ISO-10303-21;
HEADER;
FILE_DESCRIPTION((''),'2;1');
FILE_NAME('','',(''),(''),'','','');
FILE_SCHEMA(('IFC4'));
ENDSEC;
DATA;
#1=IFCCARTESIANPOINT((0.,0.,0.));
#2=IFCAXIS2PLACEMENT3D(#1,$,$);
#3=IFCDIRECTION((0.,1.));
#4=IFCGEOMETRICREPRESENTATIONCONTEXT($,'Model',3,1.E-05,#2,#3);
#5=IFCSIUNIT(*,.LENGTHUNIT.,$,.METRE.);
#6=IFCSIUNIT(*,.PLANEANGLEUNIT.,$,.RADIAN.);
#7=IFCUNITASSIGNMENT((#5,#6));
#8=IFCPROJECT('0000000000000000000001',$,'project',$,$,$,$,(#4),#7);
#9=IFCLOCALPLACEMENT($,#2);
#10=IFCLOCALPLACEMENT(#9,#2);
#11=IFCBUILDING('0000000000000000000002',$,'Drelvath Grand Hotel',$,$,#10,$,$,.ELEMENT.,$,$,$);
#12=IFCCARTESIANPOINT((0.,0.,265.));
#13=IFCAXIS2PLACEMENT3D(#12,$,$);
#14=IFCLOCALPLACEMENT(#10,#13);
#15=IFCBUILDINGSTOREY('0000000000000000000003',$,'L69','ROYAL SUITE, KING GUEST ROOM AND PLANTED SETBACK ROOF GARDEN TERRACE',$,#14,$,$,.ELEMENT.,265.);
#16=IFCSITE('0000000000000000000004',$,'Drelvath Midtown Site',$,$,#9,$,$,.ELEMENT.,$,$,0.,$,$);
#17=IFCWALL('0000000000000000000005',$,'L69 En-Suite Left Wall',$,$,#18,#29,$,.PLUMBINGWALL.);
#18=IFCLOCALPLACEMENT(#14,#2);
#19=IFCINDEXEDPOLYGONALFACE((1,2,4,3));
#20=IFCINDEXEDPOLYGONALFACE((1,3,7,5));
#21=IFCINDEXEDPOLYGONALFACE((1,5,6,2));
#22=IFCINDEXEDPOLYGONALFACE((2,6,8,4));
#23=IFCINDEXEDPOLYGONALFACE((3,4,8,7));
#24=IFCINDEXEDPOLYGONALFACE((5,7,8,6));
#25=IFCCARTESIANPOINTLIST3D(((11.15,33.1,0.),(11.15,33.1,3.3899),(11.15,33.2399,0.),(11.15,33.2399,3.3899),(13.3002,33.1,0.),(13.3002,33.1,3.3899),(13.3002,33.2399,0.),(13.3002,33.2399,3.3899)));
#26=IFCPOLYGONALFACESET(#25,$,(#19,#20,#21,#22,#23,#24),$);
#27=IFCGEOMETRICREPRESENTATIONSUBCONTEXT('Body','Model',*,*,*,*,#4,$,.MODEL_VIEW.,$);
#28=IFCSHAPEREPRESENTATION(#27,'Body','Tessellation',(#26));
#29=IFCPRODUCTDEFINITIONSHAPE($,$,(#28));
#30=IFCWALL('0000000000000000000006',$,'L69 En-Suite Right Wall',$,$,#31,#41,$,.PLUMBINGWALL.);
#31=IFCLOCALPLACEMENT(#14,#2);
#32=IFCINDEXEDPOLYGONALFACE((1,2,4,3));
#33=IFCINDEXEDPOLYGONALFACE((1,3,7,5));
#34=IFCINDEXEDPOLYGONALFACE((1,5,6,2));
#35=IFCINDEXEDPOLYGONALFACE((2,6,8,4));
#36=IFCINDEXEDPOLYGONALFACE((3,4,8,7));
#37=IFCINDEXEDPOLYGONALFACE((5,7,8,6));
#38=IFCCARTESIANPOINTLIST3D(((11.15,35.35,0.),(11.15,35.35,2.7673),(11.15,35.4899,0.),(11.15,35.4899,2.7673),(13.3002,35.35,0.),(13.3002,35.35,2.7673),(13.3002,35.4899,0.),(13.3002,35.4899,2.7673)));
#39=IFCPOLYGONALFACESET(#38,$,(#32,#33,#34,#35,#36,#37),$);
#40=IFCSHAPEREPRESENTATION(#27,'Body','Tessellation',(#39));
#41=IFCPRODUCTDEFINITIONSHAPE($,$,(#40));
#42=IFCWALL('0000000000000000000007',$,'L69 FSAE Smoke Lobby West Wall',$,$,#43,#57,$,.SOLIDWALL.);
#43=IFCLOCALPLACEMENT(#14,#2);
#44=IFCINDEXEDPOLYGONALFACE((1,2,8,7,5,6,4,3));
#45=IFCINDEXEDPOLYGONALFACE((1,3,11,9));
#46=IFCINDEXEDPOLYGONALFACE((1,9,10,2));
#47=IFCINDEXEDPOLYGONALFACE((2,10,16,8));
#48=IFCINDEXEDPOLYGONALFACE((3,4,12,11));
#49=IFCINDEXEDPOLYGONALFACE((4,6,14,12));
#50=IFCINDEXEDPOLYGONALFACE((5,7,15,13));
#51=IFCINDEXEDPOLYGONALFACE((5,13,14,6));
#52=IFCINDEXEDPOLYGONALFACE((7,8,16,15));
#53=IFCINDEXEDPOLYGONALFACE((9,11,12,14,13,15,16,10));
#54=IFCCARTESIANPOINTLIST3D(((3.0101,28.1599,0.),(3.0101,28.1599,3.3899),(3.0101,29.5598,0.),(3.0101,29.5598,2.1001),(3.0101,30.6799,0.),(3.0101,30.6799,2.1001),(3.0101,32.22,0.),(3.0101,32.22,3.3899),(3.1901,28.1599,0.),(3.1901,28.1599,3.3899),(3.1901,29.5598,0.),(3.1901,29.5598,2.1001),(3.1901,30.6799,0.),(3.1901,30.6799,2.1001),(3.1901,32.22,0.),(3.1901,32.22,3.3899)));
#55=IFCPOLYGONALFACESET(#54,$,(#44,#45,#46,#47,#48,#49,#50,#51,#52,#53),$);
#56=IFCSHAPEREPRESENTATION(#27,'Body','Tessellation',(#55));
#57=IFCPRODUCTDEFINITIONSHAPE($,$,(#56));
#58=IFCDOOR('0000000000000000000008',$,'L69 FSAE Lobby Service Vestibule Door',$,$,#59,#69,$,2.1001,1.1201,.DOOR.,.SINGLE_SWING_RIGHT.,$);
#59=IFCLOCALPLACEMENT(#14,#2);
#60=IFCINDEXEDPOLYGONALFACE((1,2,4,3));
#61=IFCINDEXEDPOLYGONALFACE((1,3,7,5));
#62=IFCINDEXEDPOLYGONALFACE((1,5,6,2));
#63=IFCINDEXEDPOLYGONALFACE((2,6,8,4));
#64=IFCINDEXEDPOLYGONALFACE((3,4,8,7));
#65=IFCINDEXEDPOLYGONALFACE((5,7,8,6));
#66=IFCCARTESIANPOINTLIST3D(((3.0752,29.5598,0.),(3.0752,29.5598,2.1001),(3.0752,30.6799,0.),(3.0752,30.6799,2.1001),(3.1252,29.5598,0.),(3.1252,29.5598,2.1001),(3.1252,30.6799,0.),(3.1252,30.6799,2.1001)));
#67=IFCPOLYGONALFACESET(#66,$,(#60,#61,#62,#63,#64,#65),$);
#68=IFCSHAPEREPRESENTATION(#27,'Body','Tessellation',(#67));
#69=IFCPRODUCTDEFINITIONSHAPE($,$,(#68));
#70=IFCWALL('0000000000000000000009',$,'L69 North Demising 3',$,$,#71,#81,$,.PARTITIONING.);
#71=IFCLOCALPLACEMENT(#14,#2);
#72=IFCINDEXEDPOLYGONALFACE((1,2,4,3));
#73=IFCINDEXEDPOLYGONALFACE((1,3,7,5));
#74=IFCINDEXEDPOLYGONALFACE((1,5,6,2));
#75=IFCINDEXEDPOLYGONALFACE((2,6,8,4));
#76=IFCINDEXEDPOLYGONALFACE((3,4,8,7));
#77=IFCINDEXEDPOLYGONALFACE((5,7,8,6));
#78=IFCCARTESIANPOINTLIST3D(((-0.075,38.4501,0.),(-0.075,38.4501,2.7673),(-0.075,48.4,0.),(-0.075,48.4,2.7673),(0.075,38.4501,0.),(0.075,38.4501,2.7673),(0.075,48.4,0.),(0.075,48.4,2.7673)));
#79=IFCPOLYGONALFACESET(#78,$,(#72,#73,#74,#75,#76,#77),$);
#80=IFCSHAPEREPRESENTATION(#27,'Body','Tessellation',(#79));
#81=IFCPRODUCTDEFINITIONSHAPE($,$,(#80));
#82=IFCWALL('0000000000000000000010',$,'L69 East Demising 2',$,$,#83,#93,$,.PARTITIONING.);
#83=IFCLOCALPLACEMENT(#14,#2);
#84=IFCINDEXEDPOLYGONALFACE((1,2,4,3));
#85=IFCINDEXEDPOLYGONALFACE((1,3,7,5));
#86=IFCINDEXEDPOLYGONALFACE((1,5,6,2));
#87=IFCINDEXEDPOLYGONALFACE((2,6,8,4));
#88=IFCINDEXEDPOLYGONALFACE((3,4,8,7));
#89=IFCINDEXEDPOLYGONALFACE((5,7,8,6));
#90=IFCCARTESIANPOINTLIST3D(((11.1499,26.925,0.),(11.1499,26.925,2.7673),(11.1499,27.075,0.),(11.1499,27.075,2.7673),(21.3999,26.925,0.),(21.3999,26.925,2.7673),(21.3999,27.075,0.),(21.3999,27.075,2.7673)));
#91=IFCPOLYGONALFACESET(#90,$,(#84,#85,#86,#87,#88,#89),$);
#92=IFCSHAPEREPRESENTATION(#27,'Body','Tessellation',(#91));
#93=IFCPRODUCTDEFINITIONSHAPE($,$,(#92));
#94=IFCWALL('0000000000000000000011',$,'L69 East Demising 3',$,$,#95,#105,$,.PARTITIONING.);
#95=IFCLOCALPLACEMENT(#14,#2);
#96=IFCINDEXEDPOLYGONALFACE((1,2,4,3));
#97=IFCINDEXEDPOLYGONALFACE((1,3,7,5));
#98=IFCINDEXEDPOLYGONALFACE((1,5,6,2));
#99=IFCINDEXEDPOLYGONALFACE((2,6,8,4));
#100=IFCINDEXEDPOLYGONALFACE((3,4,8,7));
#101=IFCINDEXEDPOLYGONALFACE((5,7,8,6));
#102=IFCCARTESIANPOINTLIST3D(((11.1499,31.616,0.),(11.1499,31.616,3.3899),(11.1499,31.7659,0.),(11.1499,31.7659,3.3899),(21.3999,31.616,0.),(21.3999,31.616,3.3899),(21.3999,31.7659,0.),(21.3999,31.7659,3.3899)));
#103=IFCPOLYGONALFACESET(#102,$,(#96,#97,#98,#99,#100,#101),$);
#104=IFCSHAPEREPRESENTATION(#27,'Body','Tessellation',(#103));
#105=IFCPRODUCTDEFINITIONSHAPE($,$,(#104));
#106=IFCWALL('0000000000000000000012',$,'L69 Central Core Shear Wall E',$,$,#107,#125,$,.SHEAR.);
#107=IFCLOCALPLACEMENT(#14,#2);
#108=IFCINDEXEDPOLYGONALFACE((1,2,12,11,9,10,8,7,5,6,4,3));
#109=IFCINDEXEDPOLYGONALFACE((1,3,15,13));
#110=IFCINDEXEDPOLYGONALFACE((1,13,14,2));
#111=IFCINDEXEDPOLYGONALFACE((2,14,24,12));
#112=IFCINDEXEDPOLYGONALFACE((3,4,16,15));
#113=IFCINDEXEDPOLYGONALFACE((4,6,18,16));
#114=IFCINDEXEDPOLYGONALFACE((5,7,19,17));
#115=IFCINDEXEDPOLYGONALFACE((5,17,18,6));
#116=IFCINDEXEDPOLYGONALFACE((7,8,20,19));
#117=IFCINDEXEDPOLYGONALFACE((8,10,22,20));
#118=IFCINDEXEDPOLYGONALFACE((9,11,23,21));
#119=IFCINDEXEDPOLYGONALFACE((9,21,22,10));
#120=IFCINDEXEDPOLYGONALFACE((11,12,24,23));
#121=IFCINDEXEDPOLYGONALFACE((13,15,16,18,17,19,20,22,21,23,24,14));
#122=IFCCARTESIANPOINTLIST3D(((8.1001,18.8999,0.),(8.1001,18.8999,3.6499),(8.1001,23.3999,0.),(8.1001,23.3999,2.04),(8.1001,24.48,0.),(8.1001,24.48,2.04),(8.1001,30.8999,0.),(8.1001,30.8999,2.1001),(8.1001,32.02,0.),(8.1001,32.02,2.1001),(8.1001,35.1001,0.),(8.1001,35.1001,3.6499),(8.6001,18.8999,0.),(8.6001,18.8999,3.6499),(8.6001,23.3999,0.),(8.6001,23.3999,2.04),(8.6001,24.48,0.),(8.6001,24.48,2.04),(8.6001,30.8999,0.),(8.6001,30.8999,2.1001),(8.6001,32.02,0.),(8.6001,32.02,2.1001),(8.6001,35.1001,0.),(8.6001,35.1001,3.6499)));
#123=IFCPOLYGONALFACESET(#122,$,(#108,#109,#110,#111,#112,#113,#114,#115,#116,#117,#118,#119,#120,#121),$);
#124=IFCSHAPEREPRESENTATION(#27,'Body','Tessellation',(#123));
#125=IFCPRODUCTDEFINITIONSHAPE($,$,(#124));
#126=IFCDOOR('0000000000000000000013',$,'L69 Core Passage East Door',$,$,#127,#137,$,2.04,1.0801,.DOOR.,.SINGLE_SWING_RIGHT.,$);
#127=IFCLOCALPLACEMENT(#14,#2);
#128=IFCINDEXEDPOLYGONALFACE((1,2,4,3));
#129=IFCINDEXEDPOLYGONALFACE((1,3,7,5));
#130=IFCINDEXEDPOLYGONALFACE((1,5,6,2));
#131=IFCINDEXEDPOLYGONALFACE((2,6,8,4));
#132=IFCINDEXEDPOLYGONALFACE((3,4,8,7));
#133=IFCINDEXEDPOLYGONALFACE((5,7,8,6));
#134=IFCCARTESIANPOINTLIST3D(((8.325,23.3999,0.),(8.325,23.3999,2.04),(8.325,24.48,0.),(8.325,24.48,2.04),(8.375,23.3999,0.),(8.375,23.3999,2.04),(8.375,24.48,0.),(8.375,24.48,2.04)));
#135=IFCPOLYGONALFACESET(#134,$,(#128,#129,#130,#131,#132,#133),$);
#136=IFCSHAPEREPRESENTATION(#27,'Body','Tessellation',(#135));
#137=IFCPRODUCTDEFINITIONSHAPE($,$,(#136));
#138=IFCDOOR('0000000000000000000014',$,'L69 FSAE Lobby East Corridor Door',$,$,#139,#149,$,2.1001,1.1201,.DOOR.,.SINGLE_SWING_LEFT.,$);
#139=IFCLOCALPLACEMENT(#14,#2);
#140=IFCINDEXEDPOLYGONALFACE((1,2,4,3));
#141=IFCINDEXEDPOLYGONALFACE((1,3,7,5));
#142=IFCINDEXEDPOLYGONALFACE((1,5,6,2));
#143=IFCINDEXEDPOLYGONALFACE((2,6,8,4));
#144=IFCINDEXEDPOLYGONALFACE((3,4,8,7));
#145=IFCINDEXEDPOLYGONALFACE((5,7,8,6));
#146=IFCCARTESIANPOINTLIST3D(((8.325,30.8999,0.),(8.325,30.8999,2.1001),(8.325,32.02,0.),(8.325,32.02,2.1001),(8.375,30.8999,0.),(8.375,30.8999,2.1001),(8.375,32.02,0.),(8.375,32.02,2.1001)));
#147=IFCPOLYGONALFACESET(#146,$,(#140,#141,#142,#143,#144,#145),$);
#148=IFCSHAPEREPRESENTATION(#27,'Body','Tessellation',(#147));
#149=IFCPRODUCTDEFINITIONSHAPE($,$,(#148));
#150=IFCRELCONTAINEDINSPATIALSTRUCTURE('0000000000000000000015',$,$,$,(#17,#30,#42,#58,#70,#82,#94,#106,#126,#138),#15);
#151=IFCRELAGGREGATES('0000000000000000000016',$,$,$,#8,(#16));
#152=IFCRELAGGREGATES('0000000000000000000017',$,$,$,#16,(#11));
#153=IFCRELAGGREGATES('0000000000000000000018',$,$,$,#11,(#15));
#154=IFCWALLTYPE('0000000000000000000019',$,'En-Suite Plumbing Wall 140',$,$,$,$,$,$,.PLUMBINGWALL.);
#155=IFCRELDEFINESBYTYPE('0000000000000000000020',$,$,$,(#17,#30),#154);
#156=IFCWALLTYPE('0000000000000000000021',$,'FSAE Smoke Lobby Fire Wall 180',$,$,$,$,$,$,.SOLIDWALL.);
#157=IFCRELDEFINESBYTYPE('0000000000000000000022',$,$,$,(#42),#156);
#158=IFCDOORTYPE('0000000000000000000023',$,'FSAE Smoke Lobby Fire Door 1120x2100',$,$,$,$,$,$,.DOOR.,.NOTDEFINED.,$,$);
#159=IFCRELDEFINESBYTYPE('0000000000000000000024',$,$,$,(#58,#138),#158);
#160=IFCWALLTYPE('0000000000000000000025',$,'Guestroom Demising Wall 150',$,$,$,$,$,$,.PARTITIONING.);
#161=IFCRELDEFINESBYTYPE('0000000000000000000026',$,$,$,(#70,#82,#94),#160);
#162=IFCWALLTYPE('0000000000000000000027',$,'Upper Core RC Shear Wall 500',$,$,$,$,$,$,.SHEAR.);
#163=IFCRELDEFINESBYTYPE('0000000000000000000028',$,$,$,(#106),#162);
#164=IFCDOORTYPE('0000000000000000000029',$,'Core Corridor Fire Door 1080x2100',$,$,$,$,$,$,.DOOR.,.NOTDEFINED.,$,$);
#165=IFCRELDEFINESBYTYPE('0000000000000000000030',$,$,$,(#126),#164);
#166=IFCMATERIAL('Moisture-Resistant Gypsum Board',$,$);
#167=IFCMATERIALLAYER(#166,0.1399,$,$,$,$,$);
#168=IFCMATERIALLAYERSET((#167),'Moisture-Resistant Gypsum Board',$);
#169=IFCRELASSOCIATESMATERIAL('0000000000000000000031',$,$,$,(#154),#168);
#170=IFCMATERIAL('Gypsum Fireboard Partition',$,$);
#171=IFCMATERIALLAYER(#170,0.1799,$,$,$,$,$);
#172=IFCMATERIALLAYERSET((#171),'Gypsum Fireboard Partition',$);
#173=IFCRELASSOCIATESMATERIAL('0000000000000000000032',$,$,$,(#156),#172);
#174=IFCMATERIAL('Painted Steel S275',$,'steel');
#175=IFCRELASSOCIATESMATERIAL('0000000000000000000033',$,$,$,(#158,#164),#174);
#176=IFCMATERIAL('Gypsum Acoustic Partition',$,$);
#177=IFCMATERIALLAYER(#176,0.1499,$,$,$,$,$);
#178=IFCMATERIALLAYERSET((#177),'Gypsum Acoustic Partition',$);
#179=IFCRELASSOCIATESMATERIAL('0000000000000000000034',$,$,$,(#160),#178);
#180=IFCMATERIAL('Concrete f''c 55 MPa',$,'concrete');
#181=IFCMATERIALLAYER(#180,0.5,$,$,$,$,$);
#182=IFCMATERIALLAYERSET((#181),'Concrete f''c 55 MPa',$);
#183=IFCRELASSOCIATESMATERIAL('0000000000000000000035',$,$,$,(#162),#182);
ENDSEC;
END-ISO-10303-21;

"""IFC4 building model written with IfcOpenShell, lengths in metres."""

from ifc_helpers import new_model, si_unit, direction, frame, frame_2d, origin, place, context, subcontext, project, spatial, rectangle, extrude, material, layer, layer_set, type_object, element, fill, save


model = new_model("IFC4")

# Units and contexts
model_context = context("Model", 3, precision=1e-05, world=origin(), true_north=direction((0.0, 1.0)))
body_context = subcontext(model_context, "Body", "Model", "MODEL_VIEW")
ifc_project = project(units=[si_unit("LENGTHUNIT", "METRE"), si_unit("PLANEANGLEUNIT", "RADIAN")], contexts=[model_context])

# Site, building, storey
site_placement = place(None, origin())
site = spatial("IfcSite", under=ifc_project, at=site_placement, Name="Drelvath Midtown Site", CompositionType="ELEMENT", RefElevation=0.0)
building_placement = place(site_placement, origin())
building = spatial("IfcBuilding", under=site, at=building_placement, Name="Drelvath Grand Hotel", CompositionType="ELEMENT")
storey_placement = place(building_placement, frame((0.0, 0.0, 265.0)))
storey = spatial("IfcBuildingStorey", under=building, at=storey_placement, Name="L69", Description="ROYAL SUITE, KING GUEST ROOM AND PLANTED SETBACK ROOF GARDEN TERRACE", CompositionType="ELEMENT", Elevation=265.0)

# Shared definitions
ifc_material_1 = material(Name="Concrete f'c 55 MPa", Category="concrete")

# Shared definitions
ifc_material_2 = material(Name="Painted Steel S275", Category="steel")

# Walls
ifc_material_3 = material(Name="Gypsum Fireboard Partition")
ifc_material_4 = material(Name="Moisture-Resistant Gypsum Board")
ifc_layer_1 = layer(ifc_material_4, 0.1399)
ifc_layer_set_1 = layer_set([ifc_layer_1], Name="Moisture-Resistant Gypsum Board")
wall_type_1 = type_object("IfcWallType", Name="En-Suite Plumbing Wall 140", PredefinedType="PLUMBINGWALL", material=ifc_layer_set_1)
for number, where, z_axis, x_axis, name in (
    (1, (11.1499, 33.1699, 0.0), (0.0, 0.0, 1.0), (1.0, 0.0, 0.0), "L69 En-Suite Left Wall"),
):
    element("IfcWall", number, at=place(storey_placement, frame(where, z_axis=z_axis, x_axis=x_axis)), inside=storey, type_object=wall_type_1, Name=name, PredefinedType="PLUMBINGWALL", context=body_context, shape_type="SweptSolid", body=[
        extrude(rectangle(XDim=2.1501, YDim=0.1399, at=frame_2d((1.0752, 0.0))), origin(), (0.0, 0.0, 1.0), 3.3899),
    ])
wall_1_placement = place(storey_placement, frame((11.1499, 35.4199, 0.0), z_axis=(0.0, 0.0, 1.0), x_axis=(1.0, 0.0, 0.0)))
element("IfcWall", 2, at=wall_1_placement, inside=storey, type_object=wall_type_1, Name="L69 En-Suite Right Wall", PredefinedType="PLUMBINGWALL", context=body_context, shape_type="SweptSolid", body=[
    extrude(rectangle(XDim=2.1501, YDim=0.1399, at=frame_2d((1.0752, 0.0))), origin(), (0.0, 0.0, 1.0), 2.7673),
])

# Wall, opening, door
ifc_layer_2 = layer(ifc_material_3, 0.1799)
ifc_layer_set_2 = layer_set([ifc_layer_2], Name="Gypsum Fireboard Partition")
wall_type_2 = type_object("IfcWallType", Name="FSAE Smoke Lobby Fire Wall 180", PredefinedType="SOLIDWALL", material=ifc_layer_set_2)
wall_2_placement = place(storey_placement, frame((3.1001, 28.1599, 0.0), z_axis=(0.0, 0.0, 1.0), x_axis=(0.0, 1.0, 0.0)))
wall_2 = element("IfcWall", 3, at=wall_2_placement, inside=storey, type_object=wall_type_2, Name="L69 FSAE Smoke Lobby West Wall", PredefinedType="SOLIDWALL", context=body_context, shape_type="SweptSolid", body=[
    extrude(rectangle(XDim=4.0601, YDim=0.1799, at=frame_2d((2.03, 0.0))), origin(), (0.0, 0.0, 1.0), 3.3899),
])
opening_1_placement = place(wall_2_placement, frame((1.3999, 0.0, 0.0)))
opening_1 = element("IfcOpeningElement", 4, at=opening_1_placement, cuts=wall_2, PredefinedType="OPENING", context=body_context, shape_type="SweptSolid", body=[
    extrude(rectangle(XDim=1.1201, YDim=2.1001, at=frame_2d((0.5601, 1.05))), frame((0.0, 0.0999, 0.0), z_axis=(0.0, -1.0, 0.0), x_axis=(1.0, 0.0, 0.0)), (0.0, 0.0, 1.0), 0.2),
])
door_type_1 = type_object("IfcDoorType", Name="FSAE Smoke Lobby Fire Door 1120x2100", OperationType="NOTDEFINED", PredefinedType="DOOR", material=ifc_material_2)
door_1_placement = place(opening_1_placement, origin())
door_1 = element("IfcDoor", 5, at=door_1_placement, inside=storey, type_object=door_type_1, Name="L69 FSAE Lobby Service Vestibule Door", OperationType="SINGLE_SWING_RIGHT", OverallHeight=2.1001, OverallWidth=1.1201, PredefinedType="DOOR", context=body_context, shape_type="SweptSolid", body=[
    extrude(rectangle(XDim=1.1201, YDim=2.1001, at=frame_2d((0.5601, 1.05))), frame((0.0, 0.0249, 0.0), z_axis=(0.0, -1.0, 0.0), x_axis=(1.0, 0.0, 0.0)), (0.0, 0.0, 1.0), 0.05),
])
fill(opening_1, door_1)

# Walls
ifc_material_5 = material(Name="Gypsum Acoustic Partition")
ifc_layer_3 = layer(ifc_material_5, 0.1499)
ifc_layer_set_3 = layer_set([ifc_layer_3], Name="Gypsum Acoustic Partition")
wall_type_3 = type_object("IfcWallType", Name="Guestroom Demising Wall 150", PredefinedType="PARTITIONING", material=ifc_layer_set_3)
wall_3_placement = place(storey_placement, frame((0.0, 38.45, 0.0), z_axis=(0.0, 0.0, 1.0), x_axis=(0.0, 1.0, 0.0)))
element("IfcWall", 6, at=wall_3_placement, inside=storey, type_object=wall_type_3, Name="L69 North Demising 3", PredefinedType="PARTITIONING", context=body_context, shape_type="SweptSolid", body=[
    extrude(rectangle(XDim=9.95, YDim=0.1499, at=frame_2d((4.9751, 0.0))), origin(), (0.0, 0.0, 1.0), 2.7673),
])
wall_4_placement = place(storey_placement, frame((11.1499, 27.0, 0.0), z_axis=(0.0, 0.0, 1.0), x_axis=(1.0, 0.0, 0.0)))
element("IfcWall", 7, at=wall_4_placement, inside=storey, type_object=wall_type_3, Name="L69 East Demising 2", PredefinedType="PARTITIONING", context=body_context, shape_type="SweptSolid", body=[
    extrude(rectangle(XDim=10.25, YDim=0.1499, at=frame_2d((5.125, 0.0))), origin(), (0.0, 0.0, 1.0), 2.7673),
])
wall_5_placement = place(storey_placement, frame((11.1499, 31.6909, 0.0), z_axis=(0.0, 0.0, 1.0), x_axis=(1.0, 0.0, 0.0)))
element("IfcWall", 8, at=wall_5_placement, inside=storey, type_object=wall_type_3, Name="L69 East Demising 3", PredefinedType="PARTITIONING", context=body_context, shape_type="SweptSolid", body=[
    extrude(rectangle(XDim=10.25, YDim=0.1499, at=frame_2d((5.125, 0.0))), origin(), (0.0, 0.0, 1.0), 3.3899),
])

# Wall, openings, doors
ifc_layer_4 = layer(ifc_material_1, 0.5)
ifc_layer_set_4 = layer_set([ifc_layer_4], Name="Concrete f'c 55 MPa")
wall_type_4 = type_object("IfcWallType", Name="Upper Core RC Shear Wall 500", PredefinedType="SHEAR", material=ifc_layer_set_4)
wall_6_placement = place(storey_placement, frame((8.3501, 35.1001, 0.0), z_axis=(0.0, 0.0, 1.0), x_axis=(0.0, -1.0, 0.0)))
wall_6 = element("IfcWall", 9, at=wall_6_placement, inside=storey, type_object=wall_type_4, Name="L69 Central Core Shear Wall E", PredefinedType="SHEAR", context=body_context, shape_type="SweptSolid", body=[
    extrude(rectangle(XDim=16.2002, YDim=0.5, at=frame_2d((8.1001, 0.0))), origin(), (0.0, 0.0, 1.0), 3.6499),
])
opening_2_placement = place(wall_6_placement, frame((3.0801, 0.0, 0.0)))
opening_2 = element("IfcOpeningElement", 10, at=opening_2_placement, cuts=wall_6, PredefinedType="OPENING", context=body_context, shape_type="SweptSolid", body=[
    extrude(rectangle(XDim=1.1201, YDim=2.1001, at=frame_2d((0.5601, 1.05))), frame((0.0, 0.26, 0.0), z_axis=(0.0, -1.0, 0.0), x_axis=(1.0, 0.0, 0.0)), (0.0, 0.0, 1.0), 0.52),
])
opening_3_placement = place(wall_6_placement, frame((10.6201, 0.0, 0.0)))
opening_3 = element("IfcOpeningElement", 11, at=opening_3_placement, cuts=wall_6, PredefinedType="OPENING", context=body_context, shape_type="SweptSolid", body=[
    extrude(rectangle(XDim=1.0801, YDim=2.04, at=frame_2d((0.54, 1.02))), frame((0.0, 0.26, 0.0), z_axis=(0.0, -1.0, 0.0), x_axis=(1.0, 0.0, 0.0)), (0.0, 0.0, 1.0), 0.52),
])
door_type_2 = type_object("IfcDoorType", Name="Core Corridor Fire Door 1080x2100", OperationType="NOTDEFINED", PredefinedType="DOOR", material=ifc_material_2)
door_2_placement = place(opening_3_placement, origin())
door_2 = element("IfcDoor", 12, at=door_2_placement, inside=storey, type_object=door_type_2, Name="L69 Core Passage East Door", OperationType="SINGLE_SWING_RIGHT", OverallHeight=2.04, OverallWidth=1.0801, PredefinedType="DOOR", context=body_context, shape_type="SweptSolid", body=[
    extrude(rectangle(XDim=1.0801, YDim=2.04, at=frame_2d((0.54, 1.02))), frame((0.0, 0.0249, 0.0), z_axis=(0.0, -1.0, 0.0), x_axis=(1.0, 0.0, 0.0)), (0.0, 0.0, 1.0), 0.05),
])
fill(opening_3, door_2)
door_3_placement = place(opening_2_placement, origin())
door_3 = element("IfcDoor", 13, at=door_3_placement, inside=storey, type_object=door_type_1, Name="L69 FSAE Lobby East Corridor Door", OperationType="SINGLE_SWING_LEFT", OverallHeight=2.1001, OverallWidth=1.1201, PredefinedType="DOOR", context=body_context, shape_type="SweptSolid", body=[
    extrude(rectangle(XDim=1.1201, YDim=2.1001, at=frame_2d((0.5601, 1.05))), frame((0.0, 0.0249, 0.0), z_axis=(0.0, -1.0, 0.0), x_axis=(1.0, 0.0, 0.0)), (0.0, 0.0, 1.0), 0.05),
])
fill(opening_2, door_3)

save(model, "model.ifc")
